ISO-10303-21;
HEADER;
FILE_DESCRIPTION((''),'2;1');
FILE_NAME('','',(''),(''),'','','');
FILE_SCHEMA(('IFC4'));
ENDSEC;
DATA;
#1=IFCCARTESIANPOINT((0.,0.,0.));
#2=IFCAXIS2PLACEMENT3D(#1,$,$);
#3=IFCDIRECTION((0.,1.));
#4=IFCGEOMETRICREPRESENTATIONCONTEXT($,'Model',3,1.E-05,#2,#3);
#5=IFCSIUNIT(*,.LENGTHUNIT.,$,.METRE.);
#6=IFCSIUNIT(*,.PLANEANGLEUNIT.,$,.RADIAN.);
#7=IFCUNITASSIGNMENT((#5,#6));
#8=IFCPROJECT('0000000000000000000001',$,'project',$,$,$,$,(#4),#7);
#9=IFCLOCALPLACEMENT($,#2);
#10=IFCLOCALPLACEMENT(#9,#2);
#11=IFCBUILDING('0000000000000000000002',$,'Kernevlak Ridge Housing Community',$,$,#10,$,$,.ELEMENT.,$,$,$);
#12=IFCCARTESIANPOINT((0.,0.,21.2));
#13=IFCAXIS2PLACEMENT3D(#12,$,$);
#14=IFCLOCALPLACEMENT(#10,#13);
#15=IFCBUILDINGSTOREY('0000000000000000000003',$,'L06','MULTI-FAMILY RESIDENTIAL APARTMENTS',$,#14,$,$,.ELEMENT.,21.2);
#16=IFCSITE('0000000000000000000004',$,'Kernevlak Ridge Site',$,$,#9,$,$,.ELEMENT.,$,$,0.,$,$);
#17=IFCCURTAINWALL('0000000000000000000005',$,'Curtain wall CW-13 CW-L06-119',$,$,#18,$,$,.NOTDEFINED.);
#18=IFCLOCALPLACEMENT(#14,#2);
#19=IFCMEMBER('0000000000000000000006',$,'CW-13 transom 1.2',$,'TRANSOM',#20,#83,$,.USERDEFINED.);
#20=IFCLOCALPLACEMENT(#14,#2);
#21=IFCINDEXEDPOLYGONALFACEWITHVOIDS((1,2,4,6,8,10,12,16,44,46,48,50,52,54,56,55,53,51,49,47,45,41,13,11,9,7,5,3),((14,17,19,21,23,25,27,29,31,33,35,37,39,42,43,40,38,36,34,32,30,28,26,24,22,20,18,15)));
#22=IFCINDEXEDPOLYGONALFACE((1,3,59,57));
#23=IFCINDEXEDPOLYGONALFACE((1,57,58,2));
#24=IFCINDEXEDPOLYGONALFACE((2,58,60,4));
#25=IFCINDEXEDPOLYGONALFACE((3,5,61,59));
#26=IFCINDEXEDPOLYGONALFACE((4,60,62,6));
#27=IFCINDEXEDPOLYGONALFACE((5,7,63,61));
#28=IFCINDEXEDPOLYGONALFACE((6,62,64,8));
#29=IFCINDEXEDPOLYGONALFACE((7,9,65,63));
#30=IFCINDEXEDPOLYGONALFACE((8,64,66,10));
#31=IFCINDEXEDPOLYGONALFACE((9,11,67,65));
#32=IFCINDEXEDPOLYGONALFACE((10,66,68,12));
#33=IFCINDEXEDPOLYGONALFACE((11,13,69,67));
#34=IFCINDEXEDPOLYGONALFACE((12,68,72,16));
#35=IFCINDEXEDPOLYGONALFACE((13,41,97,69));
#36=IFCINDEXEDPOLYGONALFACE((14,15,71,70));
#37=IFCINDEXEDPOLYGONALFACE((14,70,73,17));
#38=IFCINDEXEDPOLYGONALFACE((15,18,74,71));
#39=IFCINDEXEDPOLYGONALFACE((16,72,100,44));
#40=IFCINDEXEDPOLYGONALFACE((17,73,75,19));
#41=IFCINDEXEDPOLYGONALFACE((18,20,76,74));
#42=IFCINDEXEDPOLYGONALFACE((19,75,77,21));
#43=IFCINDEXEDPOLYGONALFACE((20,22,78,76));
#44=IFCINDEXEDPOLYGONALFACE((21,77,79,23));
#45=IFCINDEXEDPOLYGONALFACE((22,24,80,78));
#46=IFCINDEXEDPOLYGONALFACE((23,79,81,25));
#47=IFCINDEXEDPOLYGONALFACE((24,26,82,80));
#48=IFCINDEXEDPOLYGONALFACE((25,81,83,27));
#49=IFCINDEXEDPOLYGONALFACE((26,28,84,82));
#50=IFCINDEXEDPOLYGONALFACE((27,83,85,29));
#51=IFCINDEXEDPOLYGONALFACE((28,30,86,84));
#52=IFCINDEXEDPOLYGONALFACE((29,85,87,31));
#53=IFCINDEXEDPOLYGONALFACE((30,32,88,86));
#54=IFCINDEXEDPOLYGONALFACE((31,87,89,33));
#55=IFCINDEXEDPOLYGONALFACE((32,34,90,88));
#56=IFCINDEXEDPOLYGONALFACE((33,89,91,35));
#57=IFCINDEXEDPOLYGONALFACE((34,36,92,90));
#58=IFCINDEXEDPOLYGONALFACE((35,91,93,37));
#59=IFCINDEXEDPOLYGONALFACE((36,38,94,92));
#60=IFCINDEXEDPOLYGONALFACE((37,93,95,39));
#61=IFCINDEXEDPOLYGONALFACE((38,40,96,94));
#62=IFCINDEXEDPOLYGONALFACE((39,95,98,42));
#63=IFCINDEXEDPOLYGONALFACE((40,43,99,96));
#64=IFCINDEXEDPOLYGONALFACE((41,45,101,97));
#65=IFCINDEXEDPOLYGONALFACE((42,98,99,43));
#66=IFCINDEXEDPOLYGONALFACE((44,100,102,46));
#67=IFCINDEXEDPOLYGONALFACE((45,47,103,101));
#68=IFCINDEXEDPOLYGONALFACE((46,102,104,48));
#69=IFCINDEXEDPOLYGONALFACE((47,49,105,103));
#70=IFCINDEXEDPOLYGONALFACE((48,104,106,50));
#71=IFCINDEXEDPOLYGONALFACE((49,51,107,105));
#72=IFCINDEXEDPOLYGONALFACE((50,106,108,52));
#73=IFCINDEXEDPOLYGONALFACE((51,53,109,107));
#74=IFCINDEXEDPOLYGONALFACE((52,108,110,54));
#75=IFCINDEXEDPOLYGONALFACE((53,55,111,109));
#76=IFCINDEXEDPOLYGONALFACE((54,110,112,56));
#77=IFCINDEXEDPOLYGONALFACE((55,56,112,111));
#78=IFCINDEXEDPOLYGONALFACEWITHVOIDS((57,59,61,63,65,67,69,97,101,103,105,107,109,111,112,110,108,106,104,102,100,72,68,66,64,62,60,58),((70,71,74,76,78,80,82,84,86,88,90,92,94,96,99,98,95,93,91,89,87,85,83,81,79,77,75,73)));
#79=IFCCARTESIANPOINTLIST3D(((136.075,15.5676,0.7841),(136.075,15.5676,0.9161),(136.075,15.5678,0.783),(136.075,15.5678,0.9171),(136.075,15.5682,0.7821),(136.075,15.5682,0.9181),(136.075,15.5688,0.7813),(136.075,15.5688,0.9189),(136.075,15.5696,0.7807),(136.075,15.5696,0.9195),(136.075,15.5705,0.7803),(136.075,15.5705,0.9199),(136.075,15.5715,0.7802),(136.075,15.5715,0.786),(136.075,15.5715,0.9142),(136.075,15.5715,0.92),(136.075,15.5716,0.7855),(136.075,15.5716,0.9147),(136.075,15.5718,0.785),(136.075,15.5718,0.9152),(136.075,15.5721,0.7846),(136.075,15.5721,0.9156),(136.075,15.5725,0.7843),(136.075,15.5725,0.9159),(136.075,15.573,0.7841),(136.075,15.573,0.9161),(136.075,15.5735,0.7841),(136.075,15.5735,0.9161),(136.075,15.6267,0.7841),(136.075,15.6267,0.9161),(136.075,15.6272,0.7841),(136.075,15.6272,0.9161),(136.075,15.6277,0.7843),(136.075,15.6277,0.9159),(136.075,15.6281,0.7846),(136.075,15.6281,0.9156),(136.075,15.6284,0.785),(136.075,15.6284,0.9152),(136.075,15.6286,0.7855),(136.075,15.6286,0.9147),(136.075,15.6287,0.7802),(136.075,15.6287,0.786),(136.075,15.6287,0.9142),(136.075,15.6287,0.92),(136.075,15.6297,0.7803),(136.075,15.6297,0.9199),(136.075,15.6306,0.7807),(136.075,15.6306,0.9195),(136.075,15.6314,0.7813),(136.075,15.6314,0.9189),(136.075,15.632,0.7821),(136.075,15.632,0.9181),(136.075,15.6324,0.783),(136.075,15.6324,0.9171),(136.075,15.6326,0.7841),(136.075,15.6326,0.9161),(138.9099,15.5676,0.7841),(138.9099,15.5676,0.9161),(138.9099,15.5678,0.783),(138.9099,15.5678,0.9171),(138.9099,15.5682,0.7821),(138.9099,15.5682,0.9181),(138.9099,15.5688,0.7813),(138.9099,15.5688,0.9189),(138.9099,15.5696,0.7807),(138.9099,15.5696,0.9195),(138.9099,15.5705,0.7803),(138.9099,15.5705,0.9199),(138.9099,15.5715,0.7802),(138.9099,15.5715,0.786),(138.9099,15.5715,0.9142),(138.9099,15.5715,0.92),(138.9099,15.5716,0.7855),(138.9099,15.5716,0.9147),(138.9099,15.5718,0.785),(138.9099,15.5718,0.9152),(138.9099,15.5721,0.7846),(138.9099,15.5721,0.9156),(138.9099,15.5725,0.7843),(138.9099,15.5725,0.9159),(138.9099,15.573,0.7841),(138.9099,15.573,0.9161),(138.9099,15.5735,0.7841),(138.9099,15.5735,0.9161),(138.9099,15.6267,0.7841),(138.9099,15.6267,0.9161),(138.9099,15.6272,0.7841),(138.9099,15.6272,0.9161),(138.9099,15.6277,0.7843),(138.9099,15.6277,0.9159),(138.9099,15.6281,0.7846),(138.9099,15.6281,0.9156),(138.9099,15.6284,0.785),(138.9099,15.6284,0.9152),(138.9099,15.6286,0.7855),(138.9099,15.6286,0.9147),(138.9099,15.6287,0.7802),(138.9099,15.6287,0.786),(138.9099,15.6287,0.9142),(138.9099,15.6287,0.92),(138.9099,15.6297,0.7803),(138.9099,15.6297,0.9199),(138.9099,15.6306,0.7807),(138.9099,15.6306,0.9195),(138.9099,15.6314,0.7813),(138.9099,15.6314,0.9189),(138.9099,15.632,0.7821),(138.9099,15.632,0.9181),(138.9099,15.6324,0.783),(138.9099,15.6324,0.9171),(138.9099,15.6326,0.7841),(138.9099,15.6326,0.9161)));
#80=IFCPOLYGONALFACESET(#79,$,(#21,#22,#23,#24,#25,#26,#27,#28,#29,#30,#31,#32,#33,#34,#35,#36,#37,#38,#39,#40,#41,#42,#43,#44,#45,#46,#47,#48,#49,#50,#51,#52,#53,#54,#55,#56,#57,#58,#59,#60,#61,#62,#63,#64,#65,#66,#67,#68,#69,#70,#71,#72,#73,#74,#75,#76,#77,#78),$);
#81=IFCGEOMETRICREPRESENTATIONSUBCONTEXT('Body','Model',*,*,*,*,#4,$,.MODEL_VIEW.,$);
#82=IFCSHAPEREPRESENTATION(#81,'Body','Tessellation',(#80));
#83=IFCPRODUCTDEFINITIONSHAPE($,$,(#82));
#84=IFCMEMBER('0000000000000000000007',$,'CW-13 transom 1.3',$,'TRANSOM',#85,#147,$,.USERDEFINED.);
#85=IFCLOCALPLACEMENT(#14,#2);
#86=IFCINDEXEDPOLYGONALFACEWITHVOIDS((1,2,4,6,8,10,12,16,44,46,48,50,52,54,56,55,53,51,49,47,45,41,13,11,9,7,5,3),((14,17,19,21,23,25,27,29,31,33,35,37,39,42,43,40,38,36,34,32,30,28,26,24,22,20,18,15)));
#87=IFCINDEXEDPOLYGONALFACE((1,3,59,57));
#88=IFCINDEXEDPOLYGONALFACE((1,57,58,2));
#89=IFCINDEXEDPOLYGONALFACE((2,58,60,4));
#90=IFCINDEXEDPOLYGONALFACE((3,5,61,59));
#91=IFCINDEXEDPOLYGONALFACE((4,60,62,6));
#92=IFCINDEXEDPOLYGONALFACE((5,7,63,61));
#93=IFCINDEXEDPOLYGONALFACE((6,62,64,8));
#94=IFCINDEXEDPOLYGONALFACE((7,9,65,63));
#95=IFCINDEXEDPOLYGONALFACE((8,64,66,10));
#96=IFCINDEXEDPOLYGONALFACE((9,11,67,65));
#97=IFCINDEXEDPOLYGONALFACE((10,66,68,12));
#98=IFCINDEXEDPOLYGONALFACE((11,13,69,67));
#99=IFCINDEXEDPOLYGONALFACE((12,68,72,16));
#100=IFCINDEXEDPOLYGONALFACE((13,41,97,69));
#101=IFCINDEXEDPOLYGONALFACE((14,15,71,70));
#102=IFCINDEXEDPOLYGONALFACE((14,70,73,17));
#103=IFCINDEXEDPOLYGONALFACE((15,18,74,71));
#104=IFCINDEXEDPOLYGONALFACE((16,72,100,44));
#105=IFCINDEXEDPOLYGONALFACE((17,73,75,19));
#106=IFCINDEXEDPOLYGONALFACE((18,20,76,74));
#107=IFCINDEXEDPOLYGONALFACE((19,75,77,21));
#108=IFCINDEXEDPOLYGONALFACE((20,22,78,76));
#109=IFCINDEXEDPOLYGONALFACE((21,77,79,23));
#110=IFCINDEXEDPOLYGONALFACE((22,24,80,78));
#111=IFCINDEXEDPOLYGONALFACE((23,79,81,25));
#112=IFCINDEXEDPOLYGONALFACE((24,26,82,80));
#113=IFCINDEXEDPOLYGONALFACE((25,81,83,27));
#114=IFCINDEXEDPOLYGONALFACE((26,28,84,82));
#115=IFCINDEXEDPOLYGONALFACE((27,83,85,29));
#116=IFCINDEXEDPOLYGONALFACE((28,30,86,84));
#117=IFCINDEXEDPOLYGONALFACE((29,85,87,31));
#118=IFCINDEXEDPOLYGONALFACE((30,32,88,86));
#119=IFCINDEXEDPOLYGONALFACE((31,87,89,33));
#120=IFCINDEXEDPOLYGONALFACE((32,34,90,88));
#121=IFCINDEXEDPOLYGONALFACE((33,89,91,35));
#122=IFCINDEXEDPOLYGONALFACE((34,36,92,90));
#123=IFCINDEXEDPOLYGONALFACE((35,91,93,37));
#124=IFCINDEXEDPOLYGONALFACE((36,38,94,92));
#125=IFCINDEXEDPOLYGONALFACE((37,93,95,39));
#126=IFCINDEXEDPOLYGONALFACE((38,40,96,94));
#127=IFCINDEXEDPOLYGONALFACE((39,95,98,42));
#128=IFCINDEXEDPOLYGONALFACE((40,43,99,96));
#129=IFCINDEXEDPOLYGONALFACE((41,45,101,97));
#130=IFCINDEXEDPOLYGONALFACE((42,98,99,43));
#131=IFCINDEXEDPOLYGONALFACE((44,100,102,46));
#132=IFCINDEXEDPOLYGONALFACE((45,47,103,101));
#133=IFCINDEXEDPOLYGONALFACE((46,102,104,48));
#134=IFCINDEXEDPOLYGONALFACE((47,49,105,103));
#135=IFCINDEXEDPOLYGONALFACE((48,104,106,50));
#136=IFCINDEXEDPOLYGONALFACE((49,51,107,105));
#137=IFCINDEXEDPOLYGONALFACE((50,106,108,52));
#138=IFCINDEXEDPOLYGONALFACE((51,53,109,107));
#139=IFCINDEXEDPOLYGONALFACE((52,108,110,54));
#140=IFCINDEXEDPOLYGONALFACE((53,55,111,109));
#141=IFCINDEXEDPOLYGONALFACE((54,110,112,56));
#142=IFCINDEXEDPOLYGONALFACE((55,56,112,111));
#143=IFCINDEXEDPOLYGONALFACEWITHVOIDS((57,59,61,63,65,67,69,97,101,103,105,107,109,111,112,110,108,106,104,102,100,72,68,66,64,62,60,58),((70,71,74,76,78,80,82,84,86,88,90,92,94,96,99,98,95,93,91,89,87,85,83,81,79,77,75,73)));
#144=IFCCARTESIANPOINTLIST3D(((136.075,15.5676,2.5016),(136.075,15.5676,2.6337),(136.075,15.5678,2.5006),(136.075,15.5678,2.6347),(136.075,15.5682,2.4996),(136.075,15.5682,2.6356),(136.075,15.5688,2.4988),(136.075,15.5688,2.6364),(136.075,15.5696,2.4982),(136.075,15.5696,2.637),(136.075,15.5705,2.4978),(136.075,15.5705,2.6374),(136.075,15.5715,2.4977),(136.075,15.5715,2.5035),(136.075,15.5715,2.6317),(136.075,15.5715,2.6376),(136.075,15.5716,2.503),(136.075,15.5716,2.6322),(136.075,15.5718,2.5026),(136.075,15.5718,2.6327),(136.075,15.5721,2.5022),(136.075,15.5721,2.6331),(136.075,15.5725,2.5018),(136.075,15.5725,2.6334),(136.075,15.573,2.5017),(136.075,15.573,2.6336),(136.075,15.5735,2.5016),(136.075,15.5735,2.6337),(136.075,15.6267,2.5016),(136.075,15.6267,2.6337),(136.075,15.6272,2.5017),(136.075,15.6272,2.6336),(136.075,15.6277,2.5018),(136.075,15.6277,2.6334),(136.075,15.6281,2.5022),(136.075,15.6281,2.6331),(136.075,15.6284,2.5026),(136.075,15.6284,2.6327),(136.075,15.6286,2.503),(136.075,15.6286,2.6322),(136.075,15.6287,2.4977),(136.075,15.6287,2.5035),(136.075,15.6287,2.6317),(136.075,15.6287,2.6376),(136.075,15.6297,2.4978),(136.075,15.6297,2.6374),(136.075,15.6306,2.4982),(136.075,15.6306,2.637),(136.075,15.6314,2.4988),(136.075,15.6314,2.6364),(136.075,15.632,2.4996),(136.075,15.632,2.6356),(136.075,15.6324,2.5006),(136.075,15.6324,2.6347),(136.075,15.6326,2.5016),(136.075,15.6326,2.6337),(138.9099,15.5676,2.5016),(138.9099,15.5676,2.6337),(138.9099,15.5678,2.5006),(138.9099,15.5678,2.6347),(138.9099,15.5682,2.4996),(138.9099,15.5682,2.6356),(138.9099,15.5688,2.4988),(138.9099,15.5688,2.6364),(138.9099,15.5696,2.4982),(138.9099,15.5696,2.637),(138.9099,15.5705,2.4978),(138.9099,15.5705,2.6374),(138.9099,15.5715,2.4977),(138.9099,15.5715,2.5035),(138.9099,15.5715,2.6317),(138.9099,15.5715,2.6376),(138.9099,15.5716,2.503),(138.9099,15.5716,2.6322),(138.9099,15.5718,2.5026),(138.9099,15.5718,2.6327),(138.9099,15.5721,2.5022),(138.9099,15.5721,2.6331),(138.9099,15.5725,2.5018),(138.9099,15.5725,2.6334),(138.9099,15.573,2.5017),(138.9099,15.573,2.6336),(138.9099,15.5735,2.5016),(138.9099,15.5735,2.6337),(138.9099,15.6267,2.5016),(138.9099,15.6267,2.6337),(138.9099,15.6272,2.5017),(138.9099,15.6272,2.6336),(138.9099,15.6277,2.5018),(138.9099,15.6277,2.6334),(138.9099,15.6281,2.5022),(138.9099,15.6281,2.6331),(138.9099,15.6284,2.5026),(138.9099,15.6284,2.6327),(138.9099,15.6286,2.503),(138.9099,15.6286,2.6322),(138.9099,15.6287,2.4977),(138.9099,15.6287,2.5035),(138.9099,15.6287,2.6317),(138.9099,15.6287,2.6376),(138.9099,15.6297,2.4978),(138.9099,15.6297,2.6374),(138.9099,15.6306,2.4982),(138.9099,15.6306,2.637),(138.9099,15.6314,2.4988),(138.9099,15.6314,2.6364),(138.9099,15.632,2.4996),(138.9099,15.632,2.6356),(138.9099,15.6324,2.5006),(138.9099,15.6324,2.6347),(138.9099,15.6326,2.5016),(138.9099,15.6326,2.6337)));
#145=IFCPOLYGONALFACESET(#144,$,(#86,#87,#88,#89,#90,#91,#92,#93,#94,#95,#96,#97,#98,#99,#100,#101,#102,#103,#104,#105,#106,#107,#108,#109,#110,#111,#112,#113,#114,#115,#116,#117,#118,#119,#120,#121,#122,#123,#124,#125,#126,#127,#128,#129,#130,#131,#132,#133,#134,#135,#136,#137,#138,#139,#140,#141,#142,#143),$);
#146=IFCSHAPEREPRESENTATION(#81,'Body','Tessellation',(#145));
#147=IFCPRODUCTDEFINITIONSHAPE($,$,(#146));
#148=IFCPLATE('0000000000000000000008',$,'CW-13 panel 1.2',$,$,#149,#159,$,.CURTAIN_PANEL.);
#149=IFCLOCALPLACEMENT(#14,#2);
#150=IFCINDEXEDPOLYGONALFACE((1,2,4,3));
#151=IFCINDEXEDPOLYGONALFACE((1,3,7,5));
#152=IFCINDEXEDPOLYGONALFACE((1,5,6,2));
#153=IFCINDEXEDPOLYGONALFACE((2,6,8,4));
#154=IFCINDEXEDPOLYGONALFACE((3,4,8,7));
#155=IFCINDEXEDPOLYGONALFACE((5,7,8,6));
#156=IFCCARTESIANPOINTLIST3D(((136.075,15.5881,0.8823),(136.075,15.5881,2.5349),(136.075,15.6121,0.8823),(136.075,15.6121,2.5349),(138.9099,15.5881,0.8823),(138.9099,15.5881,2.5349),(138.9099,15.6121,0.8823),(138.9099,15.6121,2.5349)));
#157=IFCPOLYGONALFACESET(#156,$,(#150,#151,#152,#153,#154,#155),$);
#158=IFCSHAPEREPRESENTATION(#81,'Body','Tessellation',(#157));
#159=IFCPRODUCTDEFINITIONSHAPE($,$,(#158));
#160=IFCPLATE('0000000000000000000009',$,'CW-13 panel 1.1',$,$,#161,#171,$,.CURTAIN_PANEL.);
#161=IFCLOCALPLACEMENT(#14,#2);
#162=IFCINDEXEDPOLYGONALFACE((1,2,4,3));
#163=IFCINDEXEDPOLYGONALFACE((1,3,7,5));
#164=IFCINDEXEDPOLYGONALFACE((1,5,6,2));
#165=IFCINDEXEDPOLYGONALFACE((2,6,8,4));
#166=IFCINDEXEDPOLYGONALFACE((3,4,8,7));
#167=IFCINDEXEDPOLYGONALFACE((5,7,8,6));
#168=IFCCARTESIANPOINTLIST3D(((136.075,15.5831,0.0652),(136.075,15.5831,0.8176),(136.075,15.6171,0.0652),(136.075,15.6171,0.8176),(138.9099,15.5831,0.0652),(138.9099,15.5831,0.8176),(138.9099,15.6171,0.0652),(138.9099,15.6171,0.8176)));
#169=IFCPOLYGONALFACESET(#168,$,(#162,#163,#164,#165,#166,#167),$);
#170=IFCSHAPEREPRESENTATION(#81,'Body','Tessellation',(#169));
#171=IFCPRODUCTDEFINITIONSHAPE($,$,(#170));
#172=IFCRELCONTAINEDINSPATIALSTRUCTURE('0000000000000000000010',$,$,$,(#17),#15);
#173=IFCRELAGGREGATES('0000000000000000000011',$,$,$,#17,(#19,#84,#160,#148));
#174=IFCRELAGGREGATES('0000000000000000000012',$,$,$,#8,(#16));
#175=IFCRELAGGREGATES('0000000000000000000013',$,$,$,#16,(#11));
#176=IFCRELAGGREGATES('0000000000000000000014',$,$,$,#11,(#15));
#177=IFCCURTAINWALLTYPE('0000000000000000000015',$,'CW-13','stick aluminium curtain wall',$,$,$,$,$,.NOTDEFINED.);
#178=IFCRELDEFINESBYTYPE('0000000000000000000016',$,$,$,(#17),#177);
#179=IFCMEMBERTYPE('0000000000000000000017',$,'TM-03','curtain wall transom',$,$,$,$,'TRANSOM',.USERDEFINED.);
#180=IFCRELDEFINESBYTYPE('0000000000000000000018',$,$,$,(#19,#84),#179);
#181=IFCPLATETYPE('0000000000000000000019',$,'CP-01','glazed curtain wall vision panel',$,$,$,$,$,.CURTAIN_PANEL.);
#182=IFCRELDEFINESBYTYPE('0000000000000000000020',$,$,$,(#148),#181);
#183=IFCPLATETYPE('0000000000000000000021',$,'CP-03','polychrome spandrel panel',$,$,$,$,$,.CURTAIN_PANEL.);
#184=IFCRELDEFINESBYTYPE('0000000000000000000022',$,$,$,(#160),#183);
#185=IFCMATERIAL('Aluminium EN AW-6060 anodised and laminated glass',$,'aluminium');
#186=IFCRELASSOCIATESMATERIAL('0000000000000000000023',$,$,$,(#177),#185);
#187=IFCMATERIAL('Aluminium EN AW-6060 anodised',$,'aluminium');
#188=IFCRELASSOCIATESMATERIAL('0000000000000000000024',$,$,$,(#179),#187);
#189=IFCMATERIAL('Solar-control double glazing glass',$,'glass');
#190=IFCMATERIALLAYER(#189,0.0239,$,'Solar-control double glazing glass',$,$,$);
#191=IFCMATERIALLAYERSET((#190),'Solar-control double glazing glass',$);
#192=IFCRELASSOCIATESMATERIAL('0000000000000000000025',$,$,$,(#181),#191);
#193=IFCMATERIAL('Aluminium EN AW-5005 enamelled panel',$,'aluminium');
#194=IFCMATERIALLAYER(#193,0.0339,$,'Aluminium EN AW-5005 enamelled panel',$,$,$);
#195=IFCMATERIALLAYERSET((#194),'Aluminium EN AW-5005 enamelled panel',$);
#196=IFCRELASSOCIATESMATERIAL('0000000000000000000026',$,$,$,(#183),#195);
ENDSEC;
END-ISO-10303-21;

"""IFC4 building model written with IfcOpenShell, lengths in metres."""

from ifc_helpers import new_model, si_unit, direction, frame, origin, origin_2d, place, context, subcontext, project, spatial, rectangle, hollow_rectangle, extrude, material, layer, layer_set, material_profile, profile_set, type_object, element, aggregate, save


model = new_model("IFC4")

# Units and contexts
model_context = context("Model", 3, precision=1e-05, world=origin(), true_north=direction((0.0, 1.0)))
body_context = subcontext(model_context, "Body", "Model", "MODEL_VIEW")
ifc_project = project(units=[si_unit("LENGTHUNIT", "METRE"), si_unit("PLANEANGLEUNIT", "RADIAN")], contexts=[model_context])

# Site, building, storey
site_placement = place(None, origin())
site = spatial("IfcSite", under=ifc_project, at=site_placement, Name="Kernevlak Ridge Site", CompositionType="ELEMENT", RefElevation=0.0)
building_placement = place(site_placement, origin())
building = spatial("IfcBuilding", under=site, at=building_placement, Name="Kernevlak Ridge Housing Community", CompositionType="ELEMENT")
storey_placement = place(building_placement, frame((0.0, 0.0, 21.2)))
storey = spatial("IfcBuildingStorey", under=building, at=storey_placement, Name="L06", Description="MULTI-FAMILY RESIDENTIAL APARTMENTS", CompositionType="ELEMENT", Elevation=21.2)

# Shared definitions
ifc_material_1 = material(Name="Aluminium EN AW-6060 anodised and laminated glass", Category="aluminium")
ifc_material_2 = material(Name="Aluminium EN AW-6060 anodised", Category="aluminium")

# Curtain wall, members, plates
curtain_wall_type_1 = type_object("IfcCurtainWallType", Name="CW-13", Description="stick aluminium curtain wall", PredefinedType="NOTDEFINED", material=ifc_material_1)
curtain_wall_1_placement = place(storey_placement, origin())
curtain_wall_1 = element("IfcCurtainWall", 1, at=curtain_wall_1_placement, inside=storey, type_object=curtain_wall_type_1, Name="Curtain wall CW-13 CW-L06-119", PredefinedType="NOTDEFINED")
ifc_material_profile_1 = material_profile(ifc_material_2, hollow_rectangle(XDim=0.0649, YDim=0.1399, WallThickness=0.0039, InnerFilletRadius=0.002, OuterFilletRadius=0.0039, at=origin_2d()), Name="ALU 65x140x4")
ifc_profile_set_1 = profile_set([ifc_material_profile_1], Name="Aluminium EN AW-6060 anodised")
member_type_1 = type_object("IfcMemberType", Name="TM-03", Description="curtain wall transom", ElementType="TRANSOM", PredefinedType="USERDEFINED", material=ifc_profile_set_1)
member_1_placement = place(storey_placement, frame((136.075, 15.6001, 0.8501), z_axis=(1.0, 0.0, 0.0), x_axis=(0.0, 1.0, 0.0)))
member_1 = element("IfcMember", 2, at=member_1_placement, type_object=member_type_1, Name="CW-13 transom 1.2", ObjectType="TRANSOM", PredefinedType="USERDEFINED", context=body_context, shape_type="SweptSolid", body=[
    extrude(hollow_rectangle(XDim=0.0649, YDim=0.1399, WallThickness=0.0039, InnerFilletRadius=0.002, OuterFilletRadius=0.0039, at=origin_2d()), origin(), (0.0, 0.0, 1.0), 2.835),
])
member_2_placement = place(storey_placement, frame((136.075, 15.6001, 2.5676), z_axis=(1.0, 0.0, 0.0), x_axis=(0.0, 1.0, 0.0)))
member_2 = element("IfcMember", 3, at=member_2_placement, type_object=member_type_1, Name="CW-13 transom 1.3", ObjectType="TRANSOM", PredefinedType="USERDEFINED", context=body_context, shape_type="SweptSolid", body=[
    extrude(hollow_rectangle(XDim=0.0649, YDim=0.1399, WallThickness=0.0039, InnerFilletRadius=0.002, OuterFilletRadius=0.0039, at=origin_2d()), origin(), (0.0, 0.0, 1.0), 2.835),
])
ifc_material_3 = material(Name="Solar-control double glazing glass", Category="glass")
ifc_layer_1 = layer(ifc_material_3, 0.0239, Name="Solar-control double glazing glass")
ifc_layer_set_1 = layer_set([ifc_layer_1], Name="Solar-control double glazing glass")
plate_type_1 = type_object("IfcPlateType", Name="CP-01", Description="glazed curtain wall vision panel", PredefinedType="CURTAIN_PANEL", material=ifc_layer_set_1)
plate_1_placement = place(storey_placement, frame((137.4924, 15.6001, 0.8823), z_axis=(0.0, 0.0, 1.0), x_axis=(1.0, 0.0, 0.0)))
plate_1 = element("IfcPlate", 4, at=plate_1_placement, type_object=plate_type_1, Name="CW-13 panel 1.2", PredefinedType="CURTAIN_PANEL", context=body_context, shape_type="SweptSolid", body=[
    extrude(rectangle(XDim=2.835, YDim=0.0239, at=origin_2d()), origin(), (0.0, 0.0, 1.0), 1.6526),
])
ifc_material_4 = material(Name="Aluminium EN AW-5005 enamelled panel", Category="aluminium")
ifc_layer_2 = layer(ifc_material_4, 0.0339, Name="Aluminium EN AW-5005 enamelled panel")
ifc_layer_set_2 = layer_set([ifc_layer_2], Name="Aluminium EN AW-5005 enamelled panel")
plate_type_2 = type_object("IfcPlateType", Name="CP-03", Description="polychrome spandrel panel", PredefinedType="CURTAIN_PANEL", material=ifc_layer_set_2)
plate_2_placement = place(storey_placement, frame((137.4924, 15.6001, 0.0652), z_axis=(0.0, 0.0, 1.0), x_axis=(1.0, 0.0, 0.0)))
plate_2 = element("IfcPlate", 5, at=plate_2_placement, type_object=plate_type_2, Name="CW-13 panel 1.1", PredefinedType="CURTAIN_PANEL", context=body_context, shape_type="SweptSolid", body=[
    extrude(rectangle(XDim=2.835, YDim=0.0339, at=origin_2d()), origin(), (0.0, 0.0, 1.0), 0.7524),
])
aggregate(curtain_wall_1, [member_1, member_2, plate_2, plate_1])

save(model, "model.ifc")
